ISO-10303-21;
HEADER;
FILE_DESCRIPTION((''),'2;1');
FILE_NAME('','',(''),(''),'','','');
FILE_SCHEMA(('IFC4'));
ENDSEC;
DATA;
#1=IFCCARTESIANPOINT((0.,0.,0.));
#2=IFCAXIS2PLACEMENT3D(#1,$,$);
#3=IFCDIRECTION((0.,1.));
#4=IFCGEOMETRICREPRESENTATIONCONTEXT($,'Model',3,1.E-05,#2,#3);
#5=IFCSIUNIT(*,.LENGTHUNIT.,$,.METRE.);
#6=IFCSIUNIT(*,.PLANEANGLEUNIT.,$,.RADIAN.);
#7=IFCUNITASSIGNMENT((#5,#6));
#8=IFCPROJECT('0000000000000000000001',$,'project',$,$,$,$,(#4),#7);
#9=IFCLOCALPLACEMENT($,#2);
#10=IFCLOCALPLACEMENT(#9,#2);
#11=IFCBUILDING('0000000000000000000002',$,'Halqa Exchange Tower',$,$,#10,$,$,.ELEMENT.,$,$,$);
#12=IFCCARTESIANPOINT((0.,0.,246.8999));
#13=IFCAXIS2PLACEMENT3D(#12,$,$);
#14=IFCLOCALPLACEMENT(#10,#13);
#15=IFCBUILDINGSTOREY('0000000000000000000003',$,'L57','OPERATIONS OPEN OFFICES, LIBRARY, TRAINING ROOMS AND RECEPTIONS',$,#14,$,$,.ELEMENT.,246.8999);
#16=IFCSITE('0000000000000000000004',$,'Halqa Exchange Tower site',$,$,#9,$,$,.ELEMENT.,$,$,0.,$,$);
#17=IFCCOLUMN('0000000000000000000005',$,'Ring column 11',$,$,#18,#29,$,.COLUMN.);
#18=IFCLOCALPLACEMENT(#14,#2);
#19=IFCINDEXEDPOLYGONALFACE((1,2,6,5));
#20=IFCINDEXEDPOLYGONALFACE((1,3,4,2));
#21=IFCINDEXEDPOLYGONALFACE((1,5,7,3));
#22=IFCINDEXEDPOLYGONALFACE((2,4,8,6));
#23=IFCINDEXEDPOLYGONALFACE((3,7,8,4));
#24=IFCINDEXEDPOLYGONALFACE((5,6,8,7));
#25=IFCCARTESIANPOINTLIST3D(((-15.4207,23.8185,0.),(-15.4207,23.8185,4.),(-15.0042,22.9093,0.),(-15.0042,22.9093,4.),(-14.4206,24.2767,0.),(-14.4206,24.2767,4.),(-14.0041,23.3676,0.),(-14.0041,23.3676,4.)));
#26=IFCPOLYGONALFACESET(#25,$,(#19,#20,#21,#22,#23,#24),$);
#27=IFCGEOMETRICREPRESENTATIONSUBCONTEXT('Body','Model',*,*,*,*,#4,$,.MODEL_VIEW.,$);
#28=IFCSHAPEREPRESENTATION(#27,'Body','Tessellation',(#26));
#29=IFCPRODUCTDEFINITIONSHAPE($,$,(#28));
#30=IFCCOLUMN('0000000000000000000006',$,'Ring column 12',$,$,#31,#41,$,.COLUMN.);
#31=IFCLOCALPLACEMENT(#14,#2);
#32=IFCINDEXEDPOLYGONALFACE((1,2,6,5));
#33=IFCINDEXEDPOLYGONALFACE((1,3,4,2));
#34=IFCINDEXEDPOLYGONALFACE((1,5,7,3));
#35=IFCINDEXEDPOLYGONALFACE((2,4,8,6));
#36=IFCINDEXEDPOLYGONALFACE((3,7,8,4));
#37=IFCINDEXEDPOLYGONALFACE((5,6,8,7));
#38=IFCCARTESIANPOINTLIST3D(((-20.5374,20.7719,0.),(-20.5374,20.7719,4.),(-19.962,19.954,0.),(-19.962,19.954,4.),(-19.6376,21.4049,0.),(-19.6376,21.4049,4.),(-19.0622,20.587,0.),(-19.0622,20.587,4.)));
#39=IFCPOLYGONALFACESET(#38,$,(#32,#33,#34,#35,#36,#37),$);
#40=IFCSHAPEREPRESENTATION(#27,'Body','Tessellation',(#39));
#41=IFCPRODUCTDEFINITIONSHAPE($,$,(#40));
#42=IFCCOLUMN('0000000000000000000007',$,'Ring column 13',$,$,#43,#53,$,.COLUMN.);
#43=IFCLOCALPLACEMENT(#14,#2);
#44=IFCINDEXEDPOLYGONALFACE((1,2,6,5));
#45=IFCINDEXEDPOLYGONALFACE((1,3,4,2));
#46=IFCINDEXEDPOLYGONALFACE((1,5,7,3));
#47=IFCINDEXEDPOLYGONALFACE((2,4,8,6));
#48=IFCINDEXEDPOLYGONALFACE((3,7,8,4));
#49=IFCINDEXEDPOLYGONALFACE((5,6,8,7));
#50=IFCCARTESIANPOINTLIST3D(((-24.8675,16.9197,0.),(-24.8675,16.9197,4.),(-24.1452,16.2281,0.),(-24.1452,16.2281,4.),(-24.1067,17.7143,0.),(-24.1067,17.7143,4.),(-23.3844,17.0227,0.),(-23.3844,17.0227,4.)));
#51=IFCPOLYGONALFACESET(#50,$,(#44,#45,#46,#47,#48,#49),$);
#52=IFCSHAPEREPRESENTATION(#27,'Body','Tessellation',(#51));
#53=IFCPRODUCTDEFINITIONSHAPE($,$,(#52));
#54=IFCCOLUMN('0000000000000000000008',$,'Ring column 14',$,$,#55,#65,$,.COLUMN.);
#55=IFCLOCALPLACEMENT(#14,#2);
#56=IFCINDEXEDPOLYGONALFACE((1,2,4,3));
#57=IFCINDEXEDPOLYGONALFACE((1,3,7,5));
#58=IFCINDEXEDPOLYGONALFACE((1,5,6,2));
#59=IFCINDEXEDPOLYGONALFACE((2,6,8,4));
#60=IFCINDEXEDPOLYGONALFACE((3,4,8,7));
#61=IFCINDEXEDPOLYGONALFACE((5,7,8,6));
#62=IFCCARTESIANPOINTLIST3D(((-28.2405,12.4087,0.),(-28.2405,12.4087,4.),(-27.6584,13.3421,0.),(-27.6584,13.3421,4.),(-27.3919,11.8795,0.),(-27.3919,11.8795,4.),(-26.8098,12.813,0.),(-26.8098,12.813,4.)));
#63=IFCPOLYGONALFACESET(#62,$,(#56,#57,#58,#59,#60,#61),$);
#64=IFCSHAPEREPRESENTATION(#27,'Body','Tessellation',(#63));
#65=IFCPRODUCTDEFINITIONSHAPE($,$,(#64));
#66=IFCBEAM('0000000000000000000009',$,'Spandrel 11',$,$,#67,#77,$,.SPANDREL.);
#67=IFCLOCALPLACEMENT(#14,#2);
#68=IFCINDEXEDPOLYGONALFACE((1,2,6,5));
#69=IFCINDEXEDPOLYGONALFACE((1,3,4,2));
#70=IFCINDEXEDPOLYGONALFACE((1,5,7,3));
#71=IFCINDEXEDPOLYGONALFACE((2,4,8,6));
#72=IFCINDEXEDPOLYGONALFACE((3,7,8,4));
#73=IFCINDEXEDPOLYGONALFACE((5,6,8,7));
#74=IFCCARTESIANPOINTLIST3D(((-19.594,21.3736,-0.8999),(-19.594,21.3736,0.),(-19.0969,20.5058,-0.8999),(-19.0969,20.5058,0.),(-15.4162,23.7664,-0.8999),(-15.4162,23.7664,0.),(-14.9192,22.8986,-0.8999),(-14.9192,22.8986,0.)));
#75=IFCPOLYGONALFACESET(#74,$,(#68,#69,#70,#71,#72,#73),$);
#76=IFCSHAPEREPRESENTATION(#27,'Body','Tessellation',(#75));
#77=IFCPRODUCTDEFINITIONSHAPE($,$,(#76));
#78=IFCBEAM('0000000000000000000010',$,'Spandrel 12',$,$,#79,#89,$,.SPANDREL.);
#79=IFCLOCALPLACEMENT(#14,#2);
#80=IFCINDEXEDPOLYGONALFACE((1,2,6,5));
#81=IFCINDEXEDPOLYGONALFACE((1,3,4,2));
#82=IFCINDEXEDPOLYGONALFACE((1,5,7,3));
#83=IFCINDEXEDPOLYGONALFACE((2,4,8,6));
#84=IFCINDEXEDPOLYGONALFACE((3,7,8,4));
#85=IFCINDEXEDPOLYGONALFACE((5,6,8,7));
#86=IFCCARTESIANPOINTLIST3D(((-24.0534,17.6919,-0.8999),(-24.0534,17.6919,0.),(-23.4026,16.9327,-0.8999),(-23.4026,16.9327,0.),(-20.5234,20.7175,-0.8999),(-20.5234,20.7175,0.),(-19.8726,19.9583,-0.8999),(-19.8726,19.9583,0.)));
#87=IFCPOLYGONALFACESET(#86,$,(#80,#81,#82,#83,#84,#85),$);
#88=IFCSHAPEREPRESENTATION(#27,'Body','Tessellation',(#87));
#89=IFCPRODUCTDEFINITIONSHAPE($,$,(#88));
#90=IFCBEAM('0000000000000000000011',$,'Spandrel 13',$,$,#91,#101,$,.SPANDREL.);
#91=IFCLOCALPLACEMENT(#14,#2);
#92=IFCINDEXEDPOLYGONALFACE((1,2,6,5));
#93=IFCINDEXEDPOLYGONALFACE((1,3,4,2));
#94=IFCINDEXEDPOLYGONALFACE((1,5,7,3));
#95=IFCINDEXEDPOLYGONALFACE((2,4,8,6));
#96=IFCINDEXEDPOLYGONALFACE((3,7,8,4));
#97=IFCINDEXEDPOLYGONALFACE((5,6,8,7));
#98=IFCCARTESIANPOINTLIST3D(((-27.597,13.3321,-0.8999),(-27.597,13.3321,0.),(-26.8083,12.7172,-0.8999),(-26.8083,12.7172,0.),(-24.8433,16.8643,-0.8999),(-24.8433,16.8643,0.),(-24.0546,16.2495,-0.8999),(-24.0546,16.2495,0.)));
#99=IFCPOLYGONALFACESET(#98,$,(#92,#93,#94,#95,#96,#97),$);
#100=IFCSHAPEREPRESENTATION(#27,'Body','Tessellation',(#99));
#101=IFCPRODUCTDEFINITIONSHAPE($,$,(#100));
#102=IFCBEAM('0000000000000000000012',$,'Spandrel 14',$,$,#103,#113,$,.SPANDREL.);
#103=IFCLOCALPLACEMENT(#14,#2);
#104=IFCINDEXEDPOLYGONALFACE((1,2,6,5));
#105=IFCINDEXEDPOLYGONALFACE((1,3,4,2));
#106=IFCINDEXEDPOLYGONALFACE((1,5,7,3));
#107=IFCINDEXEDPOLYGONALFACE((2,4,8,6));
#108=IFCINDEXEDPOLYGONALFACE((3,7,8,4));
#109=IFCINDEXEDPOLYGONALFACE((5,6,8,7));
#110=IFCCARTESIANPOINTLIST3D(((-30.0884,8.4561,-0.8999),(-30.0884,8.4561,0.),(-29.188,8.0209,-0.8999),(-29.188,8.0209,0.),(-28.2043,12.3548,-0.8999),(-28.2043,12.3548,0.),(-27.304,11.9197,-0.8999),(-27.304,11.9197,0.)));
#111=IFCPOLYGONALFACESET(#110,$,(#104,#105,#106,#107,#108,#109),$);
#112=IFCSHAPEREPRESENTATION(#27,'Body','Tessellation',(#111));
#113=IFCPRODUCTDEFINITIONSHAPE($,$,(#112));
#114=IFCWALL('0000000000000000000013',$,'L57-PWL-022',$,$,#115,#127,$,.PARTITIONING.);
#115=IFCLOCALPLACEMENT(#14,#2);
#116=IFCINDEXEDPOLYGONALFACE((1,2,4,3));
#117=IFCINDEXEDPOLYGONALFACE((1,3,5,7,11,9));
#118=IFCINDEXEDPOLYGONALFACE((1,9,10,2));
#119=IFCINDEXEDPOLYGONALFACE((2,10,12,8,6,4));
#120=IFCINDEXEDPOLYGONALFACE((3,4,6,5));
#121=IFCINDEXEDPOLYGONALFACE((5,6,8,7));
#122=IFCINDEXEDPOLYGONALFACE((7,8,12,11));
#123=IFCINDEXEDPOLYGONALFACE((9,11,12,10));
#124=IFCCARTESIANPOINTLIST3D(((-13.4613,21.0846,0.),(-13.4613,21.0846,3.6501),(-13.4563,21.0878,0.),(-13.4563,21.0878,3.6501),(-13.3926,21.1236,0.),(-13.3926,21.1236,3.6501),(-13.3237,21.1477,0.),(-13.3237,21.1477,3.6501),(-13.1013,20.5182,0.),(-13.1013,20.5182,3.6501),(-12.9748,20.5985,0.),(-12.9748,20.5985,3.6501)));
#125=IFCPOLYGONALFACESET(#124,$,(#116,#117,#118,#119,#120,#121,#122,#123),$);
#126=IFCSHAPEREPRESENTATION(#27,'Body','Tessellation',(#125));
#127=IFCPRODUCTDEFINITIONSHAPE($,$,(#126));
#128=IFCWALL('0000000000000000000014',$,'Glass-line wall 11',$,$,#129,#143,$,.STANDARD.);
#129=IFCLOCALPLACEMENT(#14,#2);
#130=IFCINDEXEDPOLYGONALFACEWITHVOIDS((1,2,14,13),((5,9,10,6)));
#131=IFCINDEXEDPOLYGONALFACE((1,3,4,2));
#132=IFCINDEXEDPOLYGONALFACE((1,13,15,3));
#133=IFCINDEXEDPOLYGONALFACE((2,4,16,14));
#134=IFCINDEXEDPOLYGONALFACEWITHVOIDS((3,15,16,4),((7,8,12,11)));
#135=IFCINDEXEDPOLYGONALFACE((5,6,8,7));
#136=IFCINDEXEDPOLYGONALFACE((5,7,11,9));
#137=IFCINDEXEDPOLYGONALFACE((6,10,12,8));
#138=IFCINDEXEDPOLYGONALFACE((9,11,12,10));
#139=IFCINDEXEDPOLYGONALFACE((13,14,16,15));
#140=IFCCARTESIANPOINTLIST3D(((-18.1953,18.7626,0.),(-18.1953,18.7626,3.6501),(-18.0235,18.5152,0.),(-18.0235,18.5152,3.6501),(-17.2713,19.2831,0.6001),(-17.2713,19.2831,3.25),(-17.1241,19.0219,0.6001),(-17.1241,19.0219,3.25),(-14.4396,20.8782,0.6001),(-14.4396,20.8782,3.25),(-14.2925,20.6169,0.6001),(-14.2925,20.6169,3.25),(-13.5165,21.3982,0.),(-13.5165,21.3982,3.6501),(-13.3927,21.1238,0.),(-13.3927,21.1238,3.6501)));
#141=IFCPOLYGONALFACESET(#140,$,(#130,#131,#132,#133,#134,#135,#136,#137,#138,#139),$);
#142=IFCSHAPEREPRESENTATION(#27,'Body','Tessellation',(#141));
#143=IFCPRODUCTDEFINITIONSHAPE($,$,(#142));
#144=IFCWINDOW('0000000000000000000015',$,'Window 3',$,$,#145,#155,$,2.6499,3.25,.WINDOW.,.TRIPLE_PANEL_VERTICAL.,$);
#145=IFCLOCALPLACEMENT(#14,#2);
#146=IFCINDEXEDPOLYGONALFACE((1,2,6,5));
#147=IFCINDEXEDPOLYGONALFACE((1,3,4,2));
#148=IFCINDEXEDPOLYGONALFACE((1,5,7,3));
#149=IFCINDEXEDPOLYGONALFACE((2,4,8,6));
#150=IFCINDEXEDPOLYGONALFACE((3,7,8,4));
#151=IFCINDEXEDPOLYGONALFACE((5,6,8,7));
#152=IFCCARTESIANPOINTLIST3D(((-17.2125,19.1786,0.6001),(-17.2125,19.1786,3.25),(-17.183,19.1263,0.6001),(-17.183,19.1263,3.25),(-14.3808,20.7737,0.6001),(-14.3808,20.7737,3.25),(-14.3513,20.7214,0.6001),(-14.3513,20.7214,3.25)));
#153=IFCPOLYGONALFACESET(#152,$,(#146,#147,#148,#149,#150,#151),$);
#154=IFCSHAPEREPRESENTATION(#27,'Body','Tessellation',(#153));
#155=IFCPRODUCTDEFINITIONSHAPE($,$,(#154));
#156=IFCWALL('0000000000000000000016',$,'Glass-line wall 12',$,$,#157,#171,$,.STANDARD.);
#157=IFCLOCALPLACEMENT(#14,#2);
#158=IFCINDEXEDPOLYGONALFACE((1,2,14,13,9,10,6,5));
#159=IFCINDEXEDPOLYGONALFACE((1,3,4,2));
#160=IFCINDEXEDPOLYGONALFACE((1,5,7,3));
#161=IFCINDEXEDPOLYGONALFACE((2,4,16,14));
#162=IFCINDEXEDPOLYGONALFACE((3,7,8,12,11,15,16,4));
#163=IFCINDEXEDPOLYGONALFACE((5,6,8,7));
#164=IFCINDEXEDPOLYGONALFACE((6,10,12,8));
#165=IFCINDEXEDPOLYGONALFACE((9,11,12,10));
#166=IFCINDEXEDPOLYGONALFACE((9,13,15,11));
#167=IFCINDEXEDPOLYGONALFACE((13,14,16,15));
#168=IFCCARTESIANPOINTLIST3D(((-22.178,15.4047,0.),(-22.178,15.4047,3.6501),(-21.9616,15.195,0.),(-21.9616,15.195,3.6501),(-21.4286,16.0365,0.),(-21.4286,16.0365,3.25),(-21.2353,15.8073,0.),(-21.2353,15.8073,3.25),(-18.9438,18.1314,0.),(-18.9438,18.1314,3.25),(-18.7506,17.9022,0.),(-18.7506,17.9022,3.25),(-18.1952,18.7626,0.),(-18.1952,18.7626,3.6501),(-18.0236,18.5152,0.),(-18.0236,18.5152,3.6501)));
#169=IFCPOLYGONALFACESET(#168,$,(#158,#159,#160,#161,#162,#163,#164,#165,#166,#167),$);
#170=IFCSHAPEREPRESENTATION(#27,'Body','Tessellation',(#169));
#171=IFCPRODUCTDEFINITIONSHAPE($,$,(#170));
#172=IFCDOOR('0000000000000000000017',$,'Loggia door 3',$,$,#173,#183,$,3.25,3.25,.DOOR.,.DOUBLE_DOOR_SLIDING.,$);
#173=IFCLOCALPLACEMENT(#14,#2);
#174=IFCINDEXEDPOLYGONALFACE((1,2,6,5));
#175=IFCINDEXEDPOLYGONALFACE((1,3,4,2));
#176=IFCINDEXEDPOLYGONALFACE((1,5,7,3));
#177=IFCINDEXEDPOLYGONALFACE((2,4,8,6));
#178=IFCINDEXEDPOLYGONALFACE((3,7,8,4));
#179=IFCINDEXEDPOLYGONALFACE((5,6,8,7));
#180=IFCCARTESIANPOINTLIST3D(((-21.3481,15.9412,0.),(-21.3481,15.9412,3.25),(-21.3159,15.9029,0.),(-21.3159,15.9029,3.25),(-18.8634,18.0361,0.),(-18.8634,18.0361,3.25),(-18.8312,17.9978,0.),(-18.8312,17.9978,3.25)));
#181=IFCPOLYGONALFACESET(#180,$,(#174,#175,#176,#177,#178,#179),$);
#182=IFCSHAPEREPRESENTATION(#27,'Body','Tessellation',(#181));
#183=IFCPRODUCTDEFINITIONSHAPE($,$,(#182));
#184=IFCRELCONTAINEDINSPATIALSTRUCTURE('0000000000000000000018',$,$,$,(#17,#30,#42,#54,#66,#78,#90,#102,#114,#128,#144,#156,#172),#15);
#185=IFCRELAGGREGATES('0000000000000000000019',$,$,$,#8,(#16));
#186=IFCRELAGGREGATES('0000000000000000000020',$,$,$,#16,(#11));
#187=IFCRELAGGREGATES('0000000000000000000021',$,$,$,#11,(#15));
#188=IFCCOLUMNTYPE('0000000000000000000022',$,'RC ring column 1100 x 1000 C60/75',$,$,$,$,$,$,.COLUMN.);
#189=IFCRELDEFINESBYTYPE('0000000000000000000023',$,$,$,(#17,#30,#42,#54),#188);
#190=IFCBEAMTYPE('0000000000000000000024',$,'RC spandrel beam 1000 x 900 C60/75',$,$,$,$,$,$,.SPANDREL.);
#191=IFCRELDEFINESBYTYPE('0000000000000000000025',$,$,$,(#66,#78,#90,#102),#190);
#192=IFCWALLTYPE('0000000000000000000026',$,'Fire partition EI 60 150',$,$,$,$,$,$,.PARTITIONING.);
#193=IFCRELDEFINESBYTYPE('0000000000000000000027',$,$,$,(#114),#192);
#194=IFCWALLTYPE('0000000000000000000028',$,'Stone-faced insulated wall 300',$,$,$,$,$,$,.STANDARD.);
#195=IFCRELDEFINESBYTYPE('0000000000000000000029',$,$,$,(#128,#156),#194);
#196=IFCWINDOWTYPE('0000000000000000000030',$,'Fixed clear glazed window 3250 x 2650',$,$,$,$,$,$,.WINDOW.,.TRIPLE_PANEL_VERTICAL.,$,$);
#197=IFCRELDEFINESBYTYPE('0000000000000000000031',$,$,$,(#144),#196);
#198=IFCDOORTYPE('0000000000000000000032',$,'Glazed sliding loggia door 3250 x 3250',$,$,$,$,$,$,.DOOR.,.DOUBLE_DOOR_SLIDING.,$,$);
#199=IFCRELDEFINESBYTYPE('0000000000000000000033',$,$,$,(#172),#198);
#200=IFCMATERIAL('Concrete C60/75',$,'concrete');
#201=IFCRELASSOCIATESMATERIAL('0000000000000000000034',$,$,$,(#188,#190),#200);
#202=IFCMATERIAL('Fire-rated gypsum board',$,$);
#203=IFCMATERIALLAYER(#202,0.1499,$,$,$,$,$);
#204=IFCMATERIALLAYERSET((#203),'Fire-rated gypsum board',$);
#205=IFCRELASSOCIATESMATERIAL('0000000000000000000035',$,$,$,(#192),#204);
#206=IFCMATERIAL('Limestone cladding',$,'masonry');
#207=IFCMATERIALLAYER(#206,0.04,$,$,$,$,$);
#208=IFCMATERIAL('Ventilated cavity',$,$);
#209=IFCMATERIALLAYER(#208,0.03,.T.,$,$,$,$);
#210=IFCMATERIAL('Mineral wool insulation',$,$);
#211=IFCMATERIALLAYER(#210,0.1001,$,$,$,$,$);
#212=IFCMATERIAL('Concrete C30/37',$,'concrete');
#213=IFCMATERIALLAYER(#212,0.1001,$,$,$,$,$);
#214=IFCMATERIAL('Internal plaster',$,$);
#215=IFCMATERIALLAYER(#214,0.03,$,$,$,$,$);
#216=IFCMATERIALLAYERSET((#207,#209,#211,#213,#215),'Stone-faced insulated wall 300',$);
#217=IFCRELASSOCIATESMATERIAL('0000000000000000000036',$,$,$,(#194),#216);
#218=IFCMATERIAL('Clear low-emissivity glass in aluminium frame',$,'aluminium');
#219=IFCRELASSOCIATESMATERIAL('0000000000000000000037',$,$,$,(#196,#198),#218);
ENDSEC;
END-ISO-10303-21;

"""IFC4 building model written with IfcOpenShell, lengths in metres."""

from ifc_helpers import new_model, si_unit, direction, frame, frame_2d, origin, origin_2d, place, context, subcontext, project, spatial, polyline, rectangle, outline, extrude, material, layer, layer_set, material_profile, profile_set, type_object, element, fill, save


model = new_model("IFC4")

# Units and contexts
model_context = context("Model", 3, precision=1e-05, world=origin(), true_north=direction((0.0, 1.0)))
body_context = subcontext(model_context, "Body", "Model", "MODEL_VIEW")
ifc_project = project(units=[si_unit("LENGTHUNIT", "METRE"), si_unit("PLANEANGLEUNIT", "RADIAN")], contexts=[model_context])

# Site, building, storey
site_placement = place(None, origin())
site = spatial("IfcSite", under=ifc_project, at=site_placement, Name="Halqa Exchange Tower site", CompositionType="ELEMENT", RefElevation=0.0)
building_placement = place(site_placement, origin())
building = spatial("IfcBuilding", under=site, at=building_placement, Name="Halqa Exchange Tower", CompositionType="ELEMENT")
storey_placement = place(building_placement, frame((0.0, 0.0, 246.8999)))
storey = spatial("IfcBuildingStorey", under=building, at=storey_placement, Name="L57", Description="OPERATIONS OPEN OFFICES, LIBRARY, TRAINING ROOMS AND RECEPTIONS", CompositionType="ELEMENT", Elevation=246.8999)

# Columns
ifc_material_1 = material(Name="Concrete C60/75", Category="concrete")
ifc_material_profile_1 = material_profile(ifc_material_1, rectangle(XDim=1.1001, YDim=1.0, at=origin_2d()), Name="1100 x 1000")
ifc_profile_set_1 = profile_set([ifc_material_profile_1], Name="Concrete C60/75")
column_type = type_object("IfcColumnType", Name="RC ring column 1100 x 1000 C60/75", PredefinedType="COLUMN", material=ifc_profile_set_1)
for number, where, z_axis, x_axis, name in (
    (1, (-14.7124, 23.593, 0.0), (0.0, 0.0, 1.0), (-0.909126, -0.416522, 0.0), "Ring column 11"),
    (2, (-19.7998, 20.6794, 0.0), (0.0, 0.0, 1.0), (-0.817905, -0.575354, 0.0), "Ring column 12"),
    (3, (-24.126, 16.9712, 0.0), (0.0, 0.0, 1.0), (-0.691579, -0.722301, 0.0), "Ring column 13"),
    (4, (-27.5251, 12.6108, 0.0), (0.0, 0.0, 1.0), (-0.529148, -0.84853, 0.0), "Ring column 14"),
):
    element("IfcColumn", number, at=place(storey_placement, frame(where, z_axis=z_axis, x_axis=x_axis)), inside=storey, type_object=column_type, Name=name, PredefinedType="COLUMN", context=body_context, shape_type="SweptSolid", body=[
        extrude(rectangle(XDim=1.1001, YDim=1.0, at=origin_2d()), origin(), (0.0, 0.0, 1.0), 4.0),
    ])

# Beams
ifc_material_profile_2 = material_profile(ifc_material_1, rectangle(XDim=1.0, YDim=0.8999, at=origin_2d()), Name="1000 x 900")
ifc_profile_set_2 = profile_set([ifc_material_profile_2], Name="Concrete C60/75")
beam_type = type_object("IfcBeamType", Name="RC spandrel beam 1000 x 900 C60/75", PredefinedType="SPANDREL", material=ifc_profile_set_2)
beam_1_placement = place(storey_placement, frame((-15.1677, 23.3325, -0.45), z_axis=(-0.867747, -0.497007, 0.0), x_axis=(0.497007, -0.867747, 0.0)))
element("IfcBeam", 5, at=beam_1_placement, inside=storey, type_object=beam_type, Name="Spandrel 11", PredefinedType="SPANDREL", context=body_context, shape_type="SweptSolid", body=[
    extrude(rectangle(XDim=1.0, YDim=0.8999, at=origin_2d()), origin(), (0.0, 0.0, 1.0), 4.8145),
])
beam_2_placement = place(storey_placement, frame((-20.198, 20.3379, -0.45), z_axis=(-0.759268, -0.650778, 0.0), x_axis=(0.650778, -0.759268, 0.0)))
element("IfcBeam", 6, at=beam_2_placement, inside=storey, type_object=beam_type, Name="Spandrel 12", PredefinedType="SPANDREL", context=body_context, shape_type="SweptSolid", body=[
    extrude(rectangle(XDim=1.0, YDim=0.8999, at=origin_2d()), origin(), (0.0, 0.0, 1.0), 4.6492),
])
beam_3_placement = place(storey_placement, frame((-24.449, 16.5569, -0.45), z_axis=(-0.614827, -0.788662, 0.0), x_axis=(0.788662, -0.614827, 0.0)))
element("IfcBeam", 7, at=beam_3_placement, inside=storey, type_object=beam_type, Name="Spandrel 13", PredefinedType="SPANDREL", context=body_context, shape_type="SweptSolid", body=[
    extrude(rectangle(XDim=1.0, YDim=0.8999, at=origin_2d()), origin(), (0.0, 0.0, 1.0), 4.4788),
])
beam_4_placement = place(storey_placement, frame((-27.7542, 12.1372, -0.45), z_axis=(-0.435107, -0.900379, 0.0), x_axis=(0.900379, -0.435107, 0.0)))
element("IfcBeam", 8, at=beam_4_placement, inside=storey, type_object=beam_type, Name="Spandrel 14", PredefinedType="SPANDREL", context=body_context, shape_type="SweptSolid", body=[
    extrude(rectangle(XDim=1.0, YDim=0.8999, at=origin_2d()), origin(), (0.0, 0.0, 1.0), 4.3301),
])

# Shared definitions
ifc_material_2 = material(Name="Fire-rated gypsum board")
ifc_layer_1 = layer(ifc_material_2, 0.1499)
ifc_layer_set_1 = layer_set([ifc_layer_1], Name="Fire-rated gypsum board")
wall_type_1 = type_object("IfcWallType", Name="Fire partition EI 60 150", PredefinedType="PARTITIONING", material=ifc_layer_set_1)

# Wall
wall_1_placement = place(storey_placement, frame((-13.0381, 20.5583, 0.0), z_axis=(0.0, 0.0, 1.0), x_axis=(-0.536263, 0.844051, 0.0)))
element("IfcWall", 9, at=wall_1_placement, inside=storey, type_object=wall_type_1, Name="L57-PWL-022", PredefinedType="PARTITIONING", context=body_context, shape_type="SweptSolid", body=[
    extrude(outline(polyline([(0.0, -0.075), (0.6506, -0.075), (0.6672, -0.0039), (0.6711, 0.0691), (0.6711, 0.075), (0.0, 0.075), (0.0, -0.075)])), origin(), (0.0, 0.0, 1.0), 3.6501),
])

# Wall, opening, window
ifc_material_3 = material(Name="Limestone cladding", Category="masonry")
ifc_layer_2 = layer(ifc_material_3, 0.04)
ifc_material_4 = material(Name="Ventilated cavity")
ifc_layer_3 = layer(ifc_material_4, 0.03, ventilated=True)
ifc_material_5 = material(Name="Mineral wool insulation")
ifc_layer_4 = layer(ifc_material_5, 0.1001)
ifc_material_6 = material(Name="Concrete C30/37", Category="concrete")
ifc_layer_5 = layer(ifc_material_6, 0.1001)
ifc_material_7 = material(Name="Internal plaster")
ifc_layer_6 = layer(ifc_material_7, 0.03)
ifc_layer_set_2 = layer_set([ifc_layer_2, ifc_layer_3, ifc_layer_4, ifc_layer_5, ifc_layer_6], Name="Stone-faced insulated wall 300")
wall_type_2 = type_object("IfcWallType", Name="Stone-faced insulated wall 300", PredefinedType="STANDARD", material=ifc_layer_set_2)
wall_2_placement = place(storey_placement, frame((-13.4546, 21.261, 0.0), z_axis=(0.0, 0.0, 1.0), x_axis=(-0.871275, -0.490795, 0.0)))
wall_2 = element("IfcWall", 10, at=wall_2_placement, inside=storey, type_object=wall_type_2, Name="Glass-line wall 11", PredefinedType="STANDARD", context=body_context, shape_type="SweptSolid", body=[
    extrude(outline(polyline([(-0.0134, -0.1499), (5.3567, -0.1499), (5.3284, 0.1499), (0.0134, 0.1499), (-0.0134, -0.1499)])), origin(), (0.0, 0.0, 1.0), 3.6501),
])
opening_1_placement = place(wall_2_placement, frame((1.0461, 0.0, 0.6001)))
opening_1 = element("IfcOpeningElement", 11, at=opening_1_placement, cuts=wall_2, PredefinedType="OPENING", context=body_context, shape_type="SweptSolid", body=[
    extrude(rectangle(XDim=3.25, YDim=2.6499, at=frame_2d((1.625, 1.325))), frame((0.0, 0.1621, 0.0), z_axis=(0.0, -1.0, 0.0), x_axis=(1.0, 0.0, 0.0)), (0.0, 0.0, 1.0), 0.324),
])
ifc_material_8 = material(Name="Clear low-emissivity glass in aluminium frame", Category="aluminium")
window_type = type_object("IfcWindowType", Name="Fixed clear glazed window 3250 x 2650", PartitioningType="TRIPLE_PANEL_VERTICAL", PredefinedType="WINDOW", material=ifc_material_8)
window_1_placement = place(opening_1_placement, origin())
window_1 = element("IfcWindow", 12, at=window_1_placement, inside=storey, type_object=window_type, Name="Window 3", OverallHeight=2.6499, OverallWidth=3.25, PartitioningType="TRIPLE_PANEL_VERTICAL", PredefinedType="WINDOW", context=body_context, shape_type="SweptSolid", body=[
    extrude(rectangle(XDim=3.25, YDim=2.6499, at=frame_2d((1.625, 1.325))), frame((0.0, 0.03, 0.0), z_axis=(0.0, -1.0, 0.0), x_axis=(1.0, 0.0, 0.0)), (0.0, 0.0, 1.0), 0.0601),
])
fill(opening_1, window_1)

# Wall, opening, door
wall_3_placement = place(storey_placement, frame((-18.1094, 18.6389, 0.0), z_axis=(0.0, 0.0, 1.0), x_axis=(-0.764531, -0.644587, 0.0)))
wall_3 = element("IfcWall", 13, at=wall_3_placement, inside=storey, type_object=wall_type_2, Name="Glass-line wall 12", PredefinedType="STANDARD", context=body_context, shape_type="SweptSolid", body=[
    extrude(outline(polyline([(-0.0142, -0.1499), (5.1953, -0.1499), (5.165, 0.1499), (0.0142, 0.1499), (-0.0142, -0.1499)])), origin(), (0.0, 0.0, 1.0), 3.6501),
])
opening_2_placement = place(wall_3_placement, frame((0.9651, 0.0, 0.0)))
opening_2 = element("IfcOpeningElement", 14, at=opening_2_placement, cuts=wall_3, PredefinedType="OPENING", context=body_context, shape_type="SweptSolid", body=[
    extrude(rectangle(XDim=3.25, YDim=3.25, at=frame_2d((1.625, 1.625))), frame((0.0, 0.1621, 0.0), z_axis=(0.0, -1.0, 0.0), x_axis=(1.0, 0.0, 0.0)), (0.0, 0.0, 1.0), 0.324),
])
door_type_1 = type_object("IfcDoorType", Name="Glazed sliding loggia door 3250 x 3250", OperationType="DOUBLE_DOOR_SLIDING", PredefinedType="DOOR", material=ifc_material_8)
door_1_placement = place(opening_2_placement, origin())
door_1 = element("IfcDoor", 15, at=door_1_placement, inside=storey, type_object=door_type_1, Name="Loggia door 3", OperationType="DOUBLE_DOOR_SLIDING", OverallHeight=3.25, OverallWidth=3.25, PredefinedType="DOOR", context=body_context, shape_type="SweptSolid", body=[
    extrude(rectangle(XDim=3.25, YDim=3.25, at=frame_2d((1.625, 1.625))), frame((0.0, 0.0249, 0.0), z_axis=(0.0, -1.0, 0.0), x_axis=(1.0, 0.0, 0.0)), (0.0, 0.0, 1.0), 0.05),
])
fill(opening_2, door_1)

save(model, "model.ifc")
